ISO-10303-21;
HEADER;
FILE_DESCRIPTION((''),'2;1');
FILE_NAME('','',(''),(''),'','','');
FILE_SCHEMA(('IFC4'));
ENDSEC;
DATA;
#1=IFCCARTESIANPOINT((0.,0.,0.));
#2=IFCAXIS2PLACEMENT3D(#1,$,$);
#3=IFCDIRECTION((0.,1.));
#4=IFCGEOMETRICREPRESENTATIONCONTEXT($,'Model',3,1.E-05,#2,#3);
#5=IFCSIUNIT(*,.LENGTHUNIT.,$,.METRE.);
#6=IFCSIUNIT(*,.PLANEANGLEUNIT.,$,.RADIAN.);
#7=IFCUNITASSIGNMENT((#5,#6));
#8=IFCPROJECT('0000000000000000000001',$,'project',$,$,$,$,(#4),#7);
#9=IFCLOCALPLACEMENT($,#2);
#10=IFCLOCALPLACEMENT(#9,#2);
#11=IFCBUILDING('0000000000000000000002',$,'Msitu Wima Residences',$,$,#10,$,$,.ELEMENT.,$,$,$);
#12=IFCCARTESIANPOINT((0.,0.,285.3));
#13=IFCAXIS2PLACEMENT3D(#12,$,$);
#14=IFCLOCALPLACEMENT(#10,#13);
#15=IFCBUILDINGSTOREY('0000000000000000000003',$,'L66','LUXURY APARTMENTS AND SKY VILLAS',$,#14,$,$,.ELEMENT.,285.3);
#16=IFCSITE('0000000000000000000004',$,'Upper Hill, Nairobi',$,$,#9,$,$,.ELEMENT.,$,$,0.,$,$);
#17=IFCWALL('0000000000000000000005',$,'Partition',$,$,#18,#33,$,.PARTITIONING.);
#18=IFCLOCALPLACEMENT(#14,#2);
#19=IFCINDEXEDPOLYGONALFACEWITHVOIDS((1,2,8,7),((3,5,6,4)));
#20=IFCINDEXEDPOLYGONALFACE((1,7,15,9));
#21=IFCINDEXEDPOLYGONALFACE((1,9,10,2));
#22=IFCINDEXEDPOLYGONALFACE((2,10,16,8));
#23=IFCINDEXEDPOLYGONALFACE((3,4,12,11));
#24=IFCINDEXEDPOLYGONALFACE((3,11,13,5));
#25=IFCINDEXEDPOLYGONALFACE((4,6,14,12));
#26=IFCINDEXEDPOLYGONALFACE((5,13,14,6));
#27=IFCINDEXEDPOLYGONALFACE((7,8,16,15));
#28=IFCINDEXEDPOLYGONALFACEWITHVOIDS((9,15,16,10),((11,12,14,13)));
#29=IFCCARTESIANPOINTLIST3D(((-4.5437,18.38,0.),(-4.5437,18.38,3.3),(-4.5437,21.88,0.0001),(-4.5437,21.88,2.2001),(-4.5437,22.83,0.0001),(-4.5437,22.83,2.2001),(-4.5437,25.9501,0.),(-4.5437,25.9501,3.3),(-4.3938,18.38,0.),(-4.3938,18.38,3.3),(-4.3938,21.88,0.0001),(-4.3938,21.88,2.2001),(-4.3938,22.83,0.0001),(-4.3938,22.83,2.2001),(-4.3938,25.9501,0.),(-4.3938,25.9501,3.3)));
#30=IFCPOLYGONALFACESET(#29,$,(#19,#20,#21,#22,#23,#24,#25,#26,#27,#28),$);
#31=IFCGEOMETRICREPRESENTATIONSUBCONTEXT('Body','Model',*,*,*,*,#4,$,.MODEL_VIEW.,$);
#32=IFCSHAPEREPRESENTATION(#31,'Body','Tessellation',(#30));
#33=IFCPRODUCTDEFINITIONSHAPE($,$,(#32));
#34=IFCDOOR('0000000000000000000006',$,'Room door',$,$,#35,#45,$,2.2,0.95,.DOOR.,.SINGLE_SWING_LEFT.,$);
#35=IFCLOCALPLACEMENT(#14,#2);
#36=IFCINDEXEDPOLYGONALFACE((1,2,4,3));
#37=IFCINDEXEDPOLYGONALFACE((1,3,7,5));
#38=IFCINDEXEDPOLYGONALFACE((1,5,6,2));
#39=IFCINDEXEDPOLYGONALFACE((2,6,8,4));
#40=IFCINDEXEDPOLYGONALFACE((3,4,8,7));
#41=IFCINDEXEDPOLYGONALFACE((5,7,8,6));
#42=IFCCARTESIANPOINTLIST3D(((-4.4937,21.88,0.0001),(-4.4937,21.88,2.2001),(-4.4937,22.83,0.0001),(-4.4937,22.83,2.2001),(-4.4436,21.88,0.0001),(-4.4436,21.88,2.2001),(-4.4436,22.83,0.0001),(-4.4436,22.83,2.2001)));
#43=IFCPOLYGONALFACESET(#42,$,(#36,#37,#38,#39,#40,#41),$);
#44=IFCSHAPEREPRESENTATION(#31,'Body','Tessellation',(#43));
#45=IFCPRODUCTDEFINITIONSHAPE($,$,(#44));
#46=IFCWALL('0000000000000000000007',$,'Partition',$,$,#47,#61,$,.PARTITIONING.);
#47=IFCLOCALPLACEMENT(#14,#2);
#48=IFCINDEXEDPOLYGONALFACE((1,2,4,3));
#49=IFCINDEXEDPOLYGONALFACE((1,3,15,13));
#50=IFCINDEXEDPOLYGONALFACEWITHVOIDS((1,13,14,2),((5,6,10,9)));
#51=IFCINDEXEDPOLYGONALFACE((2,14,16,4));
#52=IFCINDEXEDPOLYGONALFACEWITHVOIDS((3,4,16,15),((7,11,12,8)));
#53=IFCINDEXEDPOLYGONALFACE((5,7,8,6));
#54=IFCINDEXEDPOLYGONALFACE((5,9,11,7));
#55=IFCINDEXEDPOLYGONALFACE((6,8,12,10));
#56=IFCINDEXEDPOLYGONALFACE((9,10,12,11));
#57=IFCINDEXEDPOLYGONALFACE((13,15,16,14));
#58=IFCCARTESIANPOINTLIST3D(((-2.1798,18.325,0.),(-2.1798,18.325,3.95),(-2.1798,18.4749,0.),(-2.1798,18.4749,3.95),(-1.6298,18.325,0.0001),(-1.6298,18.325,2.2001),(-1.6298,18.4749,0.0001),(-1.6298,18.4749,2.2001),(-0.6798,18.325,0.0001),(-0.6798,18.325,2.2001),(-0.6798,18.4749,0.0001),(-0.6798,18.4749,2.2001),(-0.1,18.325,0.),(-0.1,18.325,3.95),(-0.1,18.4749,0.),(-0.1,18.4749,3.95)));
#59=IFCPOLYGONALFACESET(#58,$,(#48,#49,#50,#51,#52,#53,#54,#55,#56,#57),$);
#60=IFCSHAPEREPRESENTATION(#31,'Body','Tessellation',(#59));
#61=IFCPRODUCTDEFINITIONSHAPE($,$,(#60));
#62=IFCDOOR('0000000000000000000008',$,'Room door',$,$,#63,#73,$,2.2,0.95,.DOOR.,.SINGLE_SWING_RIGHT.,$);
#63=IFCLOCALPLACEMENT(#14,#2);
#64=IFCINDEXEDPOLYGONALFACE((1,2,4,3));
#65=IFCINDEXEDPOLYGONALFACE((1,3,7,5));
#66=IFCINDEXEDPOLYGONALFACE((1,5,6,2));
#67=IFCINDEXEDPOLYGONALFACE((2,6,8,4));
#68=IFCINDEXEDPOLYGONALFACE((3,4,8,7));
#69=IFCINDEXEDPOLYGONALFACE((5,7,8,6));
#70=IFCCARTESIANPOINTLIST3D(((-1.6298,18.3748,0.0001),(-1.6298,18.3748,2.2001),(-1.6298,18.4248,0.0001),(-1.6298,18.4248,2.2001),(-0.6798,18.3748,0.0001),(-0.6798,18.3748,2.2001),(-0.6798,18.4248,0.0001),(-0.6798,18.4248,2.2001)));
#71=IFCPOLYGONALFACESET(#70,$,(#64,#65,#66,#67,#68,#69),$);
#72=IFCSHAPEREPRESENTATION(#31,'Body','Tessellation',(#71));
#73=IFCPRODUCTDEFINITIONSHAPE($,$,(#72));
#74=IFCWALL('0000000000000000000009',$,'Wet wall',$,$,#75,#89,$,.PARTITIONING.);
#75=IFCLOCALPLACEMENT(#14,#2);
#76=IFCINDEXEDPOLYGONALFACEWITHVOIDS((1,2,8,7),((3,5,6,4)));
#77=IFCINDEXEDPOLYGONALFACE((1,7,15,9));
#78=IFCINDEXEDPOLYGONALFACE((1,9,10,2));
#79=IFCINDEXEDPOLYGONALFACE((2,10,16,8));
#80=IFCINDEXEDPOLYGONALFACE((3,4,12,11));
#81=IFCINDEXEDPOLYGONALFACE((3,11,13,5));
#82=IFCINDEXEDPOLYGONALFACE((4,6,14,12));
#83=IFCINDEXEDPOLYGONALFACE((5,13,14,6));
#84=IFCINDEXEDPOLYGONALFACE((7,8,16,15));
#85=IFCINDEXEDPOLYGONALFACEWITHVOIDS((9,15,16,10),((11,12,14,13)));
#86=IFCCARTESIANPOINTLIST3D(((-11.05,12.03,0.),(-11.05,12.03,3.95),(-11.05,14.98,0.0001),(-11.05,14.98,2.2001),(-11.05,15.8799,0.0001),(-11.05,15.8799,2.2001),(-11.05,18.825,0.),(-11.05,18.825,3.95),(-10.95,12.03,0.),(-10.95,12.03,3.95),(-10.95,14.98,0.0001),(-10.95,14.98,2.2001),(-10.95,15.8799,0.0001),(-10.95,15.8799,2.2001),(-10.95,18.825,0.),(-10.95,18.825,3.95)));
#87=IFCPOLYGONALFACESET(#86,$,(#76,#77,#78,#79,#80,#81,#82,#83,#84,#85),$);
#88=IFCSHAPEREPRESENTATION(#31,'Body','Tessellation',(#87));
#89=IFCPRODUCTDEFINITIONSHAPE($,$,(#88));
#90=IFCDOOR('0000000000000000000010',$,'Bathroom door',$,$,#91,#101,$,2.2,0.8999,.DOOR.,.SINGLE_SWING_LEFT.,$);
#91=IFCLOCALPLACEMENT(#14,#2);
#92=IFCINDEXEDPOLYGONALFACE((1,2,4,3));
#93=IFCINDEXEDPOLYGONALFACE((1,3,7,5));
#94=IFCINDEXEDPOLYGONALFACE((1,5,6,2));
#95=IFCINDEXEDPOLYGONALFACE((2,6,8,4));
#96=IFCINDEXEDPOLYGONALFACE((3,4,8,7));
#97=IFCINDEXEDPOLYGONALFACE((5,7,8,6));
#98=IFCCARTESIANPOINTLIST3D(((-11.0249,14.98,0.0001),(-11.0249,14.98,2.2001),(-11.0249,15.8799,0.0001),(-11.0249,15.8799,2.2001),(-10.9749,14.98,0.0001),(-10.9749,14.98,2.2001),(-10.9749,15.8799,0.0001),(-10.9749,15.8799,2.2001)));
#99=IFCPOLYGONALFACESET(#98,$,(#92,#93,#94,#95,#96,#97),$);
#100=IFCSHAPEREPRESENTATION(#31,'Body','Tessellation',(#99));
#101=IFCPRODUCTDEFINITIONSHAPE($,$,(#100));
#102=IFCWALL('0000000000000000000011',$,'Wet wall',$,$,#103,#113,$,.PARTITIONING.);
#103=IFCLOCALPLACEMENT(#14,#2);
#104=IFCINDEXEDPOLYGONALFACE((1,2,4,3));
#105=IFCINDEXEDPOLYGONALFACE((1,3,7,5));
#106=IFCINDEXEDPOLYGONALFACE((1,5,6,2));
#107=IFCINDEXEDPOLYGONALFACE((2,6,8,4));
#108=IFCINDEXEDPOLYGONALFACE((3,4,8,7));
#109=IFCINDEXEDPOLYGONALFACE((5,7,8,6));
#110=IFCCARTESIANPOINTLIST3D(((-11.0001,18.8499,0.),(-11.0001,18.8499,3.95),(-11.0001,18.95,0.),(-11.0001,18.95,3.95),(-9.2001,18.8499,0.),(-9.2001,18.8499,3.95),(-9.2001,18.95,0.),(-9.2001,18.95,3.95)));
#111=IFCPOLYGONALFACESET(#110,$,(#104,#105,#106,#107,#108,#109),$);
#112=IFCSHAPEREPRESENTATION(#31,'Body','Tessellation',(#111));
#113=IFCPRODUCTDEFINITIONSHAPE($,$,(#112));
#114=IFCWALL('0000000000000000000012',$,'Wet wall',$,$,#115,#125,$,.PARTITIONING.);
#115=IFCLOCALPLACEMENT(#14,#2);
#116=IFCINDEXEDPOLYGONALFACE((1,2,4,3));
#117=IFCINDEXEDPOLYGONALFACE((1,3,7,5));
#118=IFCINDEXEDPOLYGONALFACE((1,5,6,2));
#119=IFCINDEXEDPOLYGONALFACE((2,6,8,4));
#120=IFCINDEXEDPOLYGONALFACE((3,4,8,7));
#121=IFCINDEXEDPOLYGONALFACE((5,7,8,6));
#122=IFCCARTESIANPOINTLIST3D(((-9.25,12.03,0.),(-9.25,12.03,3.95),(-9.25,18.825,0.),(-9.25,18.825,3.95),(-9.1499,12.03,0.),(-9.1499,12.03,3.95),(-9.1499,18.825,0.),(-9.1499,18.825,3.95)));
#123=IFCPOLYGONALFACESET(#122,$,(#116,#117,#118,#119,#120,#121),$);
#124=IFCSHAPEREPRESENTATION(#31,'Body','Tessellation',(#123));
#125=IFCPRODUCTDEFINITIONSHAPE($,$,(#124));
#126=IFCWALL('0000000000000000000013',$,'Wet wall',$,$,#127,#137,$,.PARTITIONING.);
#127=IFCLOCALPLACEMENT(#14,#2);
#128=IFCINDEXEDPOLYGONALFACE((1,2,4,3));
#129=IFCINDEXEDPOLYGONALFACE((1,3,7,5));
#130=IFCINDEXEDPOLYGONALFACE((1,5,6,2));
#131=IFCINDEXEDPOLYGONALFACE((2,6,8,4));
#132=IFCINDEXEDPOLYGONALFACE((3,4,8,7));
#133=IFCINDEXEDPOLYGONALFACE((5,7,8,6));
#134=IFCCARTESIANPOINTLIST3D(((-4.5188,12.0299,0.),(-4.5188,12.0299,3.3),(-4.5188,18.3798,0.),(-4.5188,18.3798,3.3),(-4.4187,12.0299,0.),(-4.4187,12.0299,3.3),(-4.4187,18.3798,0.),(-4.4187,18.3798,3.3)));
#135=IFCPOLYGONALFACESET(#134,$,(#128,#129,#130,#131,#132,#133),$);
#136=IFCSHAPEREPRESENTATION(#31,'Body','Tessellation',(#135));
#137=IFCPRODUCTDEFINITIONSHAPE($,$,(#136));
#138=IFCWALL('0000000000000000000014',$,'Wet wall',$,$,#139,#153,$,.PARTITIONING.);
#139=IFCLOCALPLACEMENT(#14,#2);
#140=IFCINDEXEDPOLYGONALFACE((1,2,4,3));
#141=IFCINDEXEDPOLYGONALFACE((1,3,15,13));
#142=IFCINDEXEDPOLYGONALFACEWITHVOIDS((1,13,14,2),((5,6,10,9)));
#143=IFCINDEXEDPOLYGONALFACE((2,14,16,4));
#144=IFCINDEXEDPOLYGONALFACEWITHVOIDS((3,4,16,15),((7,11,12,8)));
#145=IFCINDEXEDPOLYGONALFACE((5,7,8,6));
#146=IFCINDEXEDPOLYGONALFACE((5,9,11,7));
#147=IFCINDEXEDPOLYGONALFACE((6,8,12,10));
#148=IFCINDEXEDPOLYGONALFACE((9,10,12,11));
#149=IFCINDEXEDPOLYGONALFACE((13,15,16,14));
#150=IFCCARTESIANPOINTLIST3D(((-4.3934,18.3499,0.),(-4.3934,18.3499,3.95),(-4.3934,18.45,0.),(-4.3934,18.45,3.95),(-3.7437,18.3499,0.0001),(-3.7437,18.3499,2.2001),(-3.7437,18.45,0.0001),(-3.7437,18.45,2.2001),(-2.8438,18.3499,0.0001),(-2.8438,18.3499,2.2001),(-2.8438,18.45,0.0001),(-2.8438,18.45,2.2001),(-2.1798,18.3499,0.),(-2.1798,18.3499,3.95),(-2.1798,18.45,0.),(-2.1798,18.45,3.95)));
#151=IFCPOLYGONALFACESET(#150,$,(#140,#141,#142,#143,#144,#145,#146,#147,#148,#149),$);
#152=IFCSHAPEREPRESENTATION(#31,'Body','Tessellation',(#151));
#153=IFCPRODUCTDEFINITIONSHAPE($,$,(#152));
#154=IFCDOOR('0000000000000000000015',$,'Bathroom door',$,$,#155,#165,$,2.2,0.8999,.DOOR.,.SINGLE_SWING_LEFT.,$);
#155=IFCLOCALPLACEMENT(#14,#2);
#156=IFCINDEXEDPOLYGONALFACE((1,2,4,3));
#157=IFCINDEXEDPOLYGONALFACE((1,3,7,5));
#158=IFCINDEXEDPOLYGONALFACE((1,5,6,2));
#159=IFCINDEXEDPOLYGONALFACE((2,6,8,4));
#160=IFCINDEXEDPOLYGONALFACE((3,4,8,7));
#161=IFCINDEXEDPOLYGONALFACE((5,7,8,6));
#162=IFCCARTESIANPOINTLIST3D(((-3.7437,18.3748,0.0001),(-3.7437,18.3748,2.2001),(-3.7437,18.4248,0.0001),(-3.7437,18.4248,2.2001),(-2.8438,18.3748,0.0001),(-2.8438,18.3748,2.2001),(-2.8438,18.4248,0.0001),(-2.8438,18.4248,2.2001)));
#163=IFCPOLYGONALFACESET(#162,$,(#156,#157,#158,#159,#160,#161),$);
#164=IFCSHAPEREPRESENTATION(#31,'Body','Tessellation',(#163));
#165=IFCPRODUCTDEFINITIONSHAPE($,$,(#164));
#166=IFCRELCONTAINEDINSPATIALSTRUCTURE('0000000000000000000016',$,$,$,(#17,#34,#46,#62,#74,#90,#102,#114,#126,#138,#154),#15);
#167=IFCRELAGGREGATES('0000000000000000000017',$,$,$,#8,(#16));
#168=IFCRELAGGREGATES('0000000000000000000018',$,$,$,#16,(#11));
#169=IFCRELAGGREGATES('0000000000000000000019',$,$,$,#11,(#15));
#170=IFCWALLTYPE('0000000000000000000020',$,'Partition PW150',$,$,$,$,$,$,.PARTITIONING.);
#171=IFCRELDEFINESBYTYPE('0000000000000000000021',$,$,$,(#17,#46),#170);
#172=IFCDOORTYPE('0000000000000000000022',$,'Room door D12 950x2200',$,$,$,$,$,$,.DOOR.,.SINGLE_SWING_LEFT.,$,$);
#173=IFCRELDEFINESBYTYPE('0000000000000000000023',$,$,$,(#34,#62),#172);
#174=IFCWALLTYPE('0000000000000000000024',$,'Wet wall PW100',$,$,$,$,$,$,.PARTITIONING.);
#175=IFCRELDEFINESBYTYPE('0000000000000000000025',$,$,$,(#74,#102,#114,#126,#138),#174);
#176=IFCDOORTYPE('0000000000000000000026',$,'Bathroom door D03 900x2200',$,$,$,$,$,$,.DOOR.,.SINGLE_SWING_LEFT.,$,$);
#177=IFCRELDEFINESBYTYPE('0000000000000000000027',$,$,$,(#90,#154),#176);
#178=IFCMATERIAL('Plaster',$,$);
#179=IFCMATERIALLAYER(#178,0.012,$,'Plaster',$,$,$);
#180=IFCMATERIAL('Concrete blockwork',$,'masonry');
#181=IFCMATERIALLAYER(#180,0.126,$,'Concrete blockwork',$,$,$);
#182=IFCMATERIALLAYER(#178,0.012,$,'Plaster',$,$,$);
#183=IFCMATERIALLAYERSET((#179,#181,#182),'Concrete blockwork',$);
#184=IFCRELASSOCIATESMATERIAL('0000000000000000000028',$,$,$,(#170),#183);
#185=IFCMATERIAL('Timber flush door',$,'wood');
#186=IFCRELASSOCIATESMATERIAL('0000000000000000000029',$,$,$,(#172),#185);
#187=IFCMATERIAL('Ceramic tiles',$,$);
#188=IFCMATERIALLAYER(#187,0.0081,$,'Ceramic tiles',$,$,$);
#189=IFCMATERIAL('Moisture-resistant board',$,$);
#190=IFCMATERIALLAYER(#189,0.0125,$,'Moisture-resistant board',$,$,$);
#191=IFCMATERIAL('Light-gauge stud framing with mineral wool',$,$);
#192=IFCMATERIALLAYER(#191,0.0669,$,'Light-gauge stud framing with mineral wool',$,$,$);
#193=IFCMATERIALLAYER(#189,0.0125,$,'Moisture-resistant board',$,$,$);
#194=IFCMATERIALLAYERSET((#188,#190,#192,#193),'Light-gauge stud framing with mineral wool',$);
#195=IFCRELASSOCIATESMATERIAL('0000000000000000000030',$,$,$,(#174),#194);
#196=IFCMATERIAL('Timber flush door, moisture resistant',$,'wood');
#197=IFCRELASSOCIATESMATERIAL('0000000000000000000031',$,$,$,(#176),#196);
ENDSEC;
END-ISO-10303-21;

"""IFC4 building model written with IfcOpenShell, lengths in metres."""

from ifc_helpers import new_model, si_unit, direction, frame, frame_2d, origin, place, context, subcontext, project, spatial, rectangle, extrude, material, layer, layer_set, type_object, element, fill, save


model = new_model("IFC4")

# Units and contexts
model_context = context("Model", 3, precision=1e-05, world=origin(), true_north=direction((0.0, 1.0)))
body_context = subcontext(model_context, "Body", "Model", "MODEL_VIEW")
ifc_project = project(units=[si_unit("LENGTHUNIT", "METRE"), si_unit("PLANEANGLEUNIT", "RADIAN")], contexts=[model_context])

# Site, building, storey
site_placement = place(None, origin())
site = spatial("IfcSite", under=ifc_project, at=site_placement, Name="Upper Hill, Nairobi", CompositionType="ELEMENT", RefElevation=0.0)
building_placement = place(site_placement, origin())
building = spatial("IfcBuilding", under=site, at=building_placement, Name="Msitu Wima Residences", CompositionType="ELEMENT")
storey_placement = place(building_placement, frame((0.0, 0.0, 285.3)))
storey = spatial("IfcBuildingStorey", under=building, at=storey_placement, Name="L66", Description="LUXURY APARTMENTS AND SKY VILLAS", CompositionType="ELEMENT", Elevation=285.3)

# Walls, openings, doors
ifc_material_1 = material(Name="Plaster")
ifc_layer_1 = layer(ifc_material_1, 0.012, Name="Plaster")
ifc_material_2 = material(Name="Concrete blockwork", Category="masonry")
ifc_layer_2 = layer(ifc_material_2, 0.126, Name="Concrete blockwork")
ifc_layer_3 = layer(ifc_material_1, 0.012, Name="Plaster")
ifc_layer_set_1 = layer_set([ifc_layer_1, ifc_layer_2, ifc_layer_3], Name="Concrete blockwork")
wall_type_1 = type_object("IfcWallType", Name="Partition PW150", PredefinedType="PARTITIONING", material=ifc_layer_set_1)
ifc_material_3 = material(Name="Timber flush door", Category="wood")
door_type_1 = type_object("IfcDoorType", Name="Room door D12 950x2200", OperationType="SINGLE_SWING_LEFT", PredefinedType="DOOR", material=ifc_material_3)
wall_1_placement = place(storey_placement, frame((-4.4688, 18.3799, 0.0), z_axis=(0.0, 0.0, 1.0), x_axis=(0.0, 1.0, 0.0)))
wall_1 = element("IfcWall", 1, at=wall_1_placement, inside=storey, type_object=wall_type_1, Name="Partition", PredefinedType="PARTITIONING", context=body_context, shape_type="SweptSolid", body=[
    extrude(rectangle(XDim=7.5701, YDim=0.1499, at=frame_2d((3.7852, 0.0))), origin(), (0.0, 0.0, 1.0), 3.3),
])
opening_1_placement = place(wall_1_placement, frame((3.5, 0.0, 0.0)))
opening_1 = element("IfcOpeningElement", 2, at=opening_1_placement, cuts=wall_1, PredefinedType="OPENING", context=body_context, shape_type="SweptSolid", body=[
    extrude(rectangle(XDim=0.95, YDim=2.2, at=frame_2d((0.4751, 1.1001))), frame((0.0, 0.085, 0.0), z_axis=(0.0, -1.0, 0.0), x_axis=(1.0, 0.0, 0.0)), (0.0, 0.0, 1.0), 0.1699),
])
door_1_placement = place(opening_1_placement, origin())
door_1 = element("IfcDoor", 3, at=door_1_placement, inside=storey, type_object=door_type_1, Name="Room door", OperationType="SINGLE_SWING_LEFT", OverallHeight=2.2, OverallWidth=0.95, PredefinedType="DOOR", context=body_context, shape_type="SweptSolid", body=[
    extrude(rectangle(XDim=0.95, YDim=2.2, at=frame_2d((0.4751, 1.1001))), frame((0.0, 0.0249, 0.0), z_axis=(0.0, -1.0, 0.0), x_axis=(1.0, 0.0, 0.0)), (0.0, 0.0, 1.0), 0.05),
])
fill(opening_1, door_1)
wall_2_placement = place(storey_placement, frame((-2.1799, 18.3999, 0.0), z_axis=(0.0, 0.0, 1.0), x_axis=(1.0, 0.0, 0.0)))
wall_2 = element("IfcWall", 4, at=wall_2_placement, inside=storey, type_object=wall_type_1, Name="Partition", PredefinedType="PARTITIONING", context=body_context, shape_type="SweptSolid", body=[
    extrude(rectangle(XDim=2.0798, YDim=0.1499, at=frame_2d((1.04, 0.0))), origin(), (0.0, 0.0, 1.0), 3.95),
])
opening_2_placement = place(wall_2_placement, frame((0.55, 0.0, 0.0)))
opening_2 = element("IfcOpeningElement", 5, at=opening_2_placement, cuts=wall_2, PredefinedType="OPENING", context=body_context, shape_type="SweptSolid", body=[
    extrude(rectangle(XDim=0.95, YDim=2.2, at=frame_2d((0.4751, 1.1001))), frame((0.0, 0.085, 0.0), z_axis=(0.0, -1.0, 0.0), x_axis=(1.0, 0.0, 0.0)), (0.0, 0.0, 1.0), 0.1699),
])
door_2_placement = place(opening_2_placement, origin())
door_2 = element("IfcDoor", 6, at=door_2_placement, inside=storey, type_object=door_type_1, Name="Room door", OperationType="SINGLE_SWING_RIGHT", OverallHeight=2.2, OverallWidth=0.95, PredefinedType="DOOR", context=body_context, shape_type="SweptSolid", body=[
    extrude(rectangle(XDim=0.95, YDim=2.2, at=frame_2d((0.4751, 1.1001))), frame((0.0, 0.0249, 0.0), z_axis=(0.0, -1.0, 0.0), x_axis=(1.0, 0.0, 0.0)), (0.0, 0.0, 1.0), 0.05),
])
fill(opening_2, door_2)
ifc_material_4 = material(Name="Ceramic tiles")
ifc_layer_4 = layer(ifc_material_4, 0.0081, Name="Ceramic tiles")
ifc_material_5 = material(Name="Moisture-resistant board")
ifc_layer_5 = layer(ifc_material_5, 0.0125, Name="Moisture-resistant board")
ifc_material_6 = material(Name="Light-gauge stud framing with mineral wool")
ifc_layer_6 = layer(ifc_material_6, 0.0669, Name="Light-gauge stud framing with mineral wool")
ifc_layer_7 = layer(ifc_material_5, 0.0125, Name="Moisture-resistant board")
ifc_layer_set_2 = layer_set([ifc_layer_4, ifc_layer_5, ifc_layer_6, ifc_layer_7], Name="Light-gauge stud framing with mineral wool")
wall_type_2 = type_object("IfcWallType", Name="Wet wall PW100", PredefinedType="PARTITIONING", material=ifc_layer_set_2)
wall_3_placement = place(storey_placement, frame((-11.0, 12.03, 0.0), z_axis=(0.0, 0.0, 1.0), x_axis=(0.0, 1.0, 0.0)))
wall_3 = element("IfcWall", 7, at=wall_3_placement, inside=storey, type_object=wall_type_2, Name="Wet wall", PredefinedType="PARTITIONING", context=body_context, shape_type="SweptSolid", body=[
    extrude(rectangle(XDim=6.7949, YDim=0.1001, at=frame_2d((3.3975, 0.0))), origin(), (0.0, 0.0, 1.0), 3.95),
])
opening_3_placement = place(wall_3_placement, frame((2.95, 0.0, 0.0)))
opening_3 = element("IfcOpeningElement", 8, at=opening_3_placement, cuts=wall_3, PredefinedType="OPENING", context=body_context, shape_type="SweptSolid", body=[
    extrude(rectangle(XDim=0.8999, YDim=2.2, at=frame_2d((0.45, 1.1001))), frame((0.0, 0.0601, 0.0), z_axis=(0.0, -1.0, 0.0), x_axis=(1.0, 0.0, 0.0)), (0.0, 0.0, 1.0), 0.1201),
])
ifc_material_7 = material(Name="Timber flush door, moisture resistant", Category="wood")
door_type_2 = type_object("IfcDoorType", Name="Bathroom door D03 900x2200", OperationType="SINGLE_SWING_LEFT", PredefinedType="DOOR", material=ifc_material_7)
door_3_placement = place(opening_3_placement, origin())
door_3 = element("IfcDoor", 9, at=door_3_placement, inside=storey, type_object=door_type_2, Name="Bathroom door", OperationType="SINGLE_SWING_LEFT", OverallHeight=2.2, OverallWidth=0.8999, PredefinedType="DOOR", context=body_context, shape_type="SweptSolid", body=[
    extrude(rectangle(XDim=0.8999, YDim=2.2, at=frame_2d((0.45, 1.1001))), frame((0.0, 0.0249, 0.0), z_axis=(0.0, -1.0, 0.0), x_axis=(1.0, 0.0, 0.0)), (0.0, 0.0, 1.0), 0.05),
])
fill(opening_3, door_3)

# Walls
wall_4_placement = place(storey_placement, frame((-11.0, 18.8999, 0.0), z_axis=(0.0, 0.0, 1.0), x_axis=(1.0, 0.0, 0.0)))
element("IfcWall", 10, at=wall_4_placement, inside=storey, type_object=wall_type_2, Name="Wet wall", PredefinedType="PARTITIONING", context=body_context, shape_type="SweptSolid", body=[
    extrude(rectangle(XDim=1.8, YDim=0.1001, at=frame_2d((0.8999, 0.0))), origin(), (0.0, 0.0, 1.0), 3.95),
])
wall_5_placement = place(storey_placement, frame((-9.2, 12.03, 0.0), z_axis=(0.0, 0.0, 1.0), x_axis=(0.0, 1.0, 0.0)))
element("IfcWall", 11, at=wall_5_placement, inside=storey, type_object=wall_type_2, Name="Wet wall", PredefinedType="PARTITIONING", context=body_context, shape_type="SweptSolid", body=[
    extrude(rectangle(XDim=6.7949, YDim=0.1001, at=frame_2d((3.3975, 0.0))), origin(), (0.0, 0.0, 1.0), 3.95),
])
wall_6_placement = place(storey_placement, frame((-4.4688, 12.03, 0.0), z_axis=(0.0, 0.0, 1.0), x_axis=(0.0, 1.0, 0.0)))
element("IfcWall", 12, at=wall_6_placement, inside=storey, type_object=wall_type_2, Name="Wet wall", PredefinedType="PARTITIONING", context=body_context, shape_type="SweptSolid", body=[
    extrude(rectangle(XDim=6.3499, YDim=0.1001, at=frame_2d((3.1748, 0.0))), origin(), (0.0, 0.0, 1.0), 3.3),
])

# Wall, opening, door
wall_7_placement = place(storey_placement, frame((-4.3936, 18.3999, 0.0), z_axis=(0.0, 0.0, 1.0), x_axis=(1.0, 0.0, 0.0)))
wall_7 = element("IfcWall", 13, at=wall_7_placement, inside=storey, type_object=wall_type_2, Name="Wet wall", PredefinedType="PARTITIONING", context=body_context, shape_type="SweptSolid", body=[
    extrude(rectangle(XDim=2.2136, YDim=0.1001, at=frame_2d((1.1069, 0.0))), origin(), (0.0, 0.0, 1.0), 3.95),
])
opening_4_placement = place(wall_7_placement, frame((0.6499, 0.0, 0.0)))
opening_4 = element("IfcOpeningElement", 14, at=opening_4_placement, cuts=wall_7, PredefinedType="OPENING", context=body_context, shape_type="SweptSolid", body=[
    extrude(rectangle(XDim=0.8999, YDim=2.2, at=frame_2d((0.45, 1.1001))), frame((0.0, 0.0601, 0.0), z_axis=(0.0, -1.0, 0.0), x_axis=(1.0, 0.0, 0.0)), (0.0, 0.0, 1.0), 0.1201),
])
door_4_placement = place(opening_4_placement, origin())
door_4 = element("IfcDoor", 15, at=door_4_placement, inside=storey, type_object=door_type_2, Name="Bathroom door", OperationType="SINGLE_SWING_LEFT", OverallHeight=2.2, OverallWidth=0.8999, PredefinedType="DOOR", context=body_context, shape_type="SweptSolid", body=[
    extrude(rectangle(XDim=0.8999, YDim=2.2, at=frame_2d((0.45, 1.1001))), frame((0.0, 0.0249, 0.0), z_axis=(0.0, -1.0, 0.0), x_axis=(1.0, 0.0, 0.0)), (0.0, 0.0, 1.0), 0.05),
])
fill(opening_4, door_4)

save(model, "model.ifc")
